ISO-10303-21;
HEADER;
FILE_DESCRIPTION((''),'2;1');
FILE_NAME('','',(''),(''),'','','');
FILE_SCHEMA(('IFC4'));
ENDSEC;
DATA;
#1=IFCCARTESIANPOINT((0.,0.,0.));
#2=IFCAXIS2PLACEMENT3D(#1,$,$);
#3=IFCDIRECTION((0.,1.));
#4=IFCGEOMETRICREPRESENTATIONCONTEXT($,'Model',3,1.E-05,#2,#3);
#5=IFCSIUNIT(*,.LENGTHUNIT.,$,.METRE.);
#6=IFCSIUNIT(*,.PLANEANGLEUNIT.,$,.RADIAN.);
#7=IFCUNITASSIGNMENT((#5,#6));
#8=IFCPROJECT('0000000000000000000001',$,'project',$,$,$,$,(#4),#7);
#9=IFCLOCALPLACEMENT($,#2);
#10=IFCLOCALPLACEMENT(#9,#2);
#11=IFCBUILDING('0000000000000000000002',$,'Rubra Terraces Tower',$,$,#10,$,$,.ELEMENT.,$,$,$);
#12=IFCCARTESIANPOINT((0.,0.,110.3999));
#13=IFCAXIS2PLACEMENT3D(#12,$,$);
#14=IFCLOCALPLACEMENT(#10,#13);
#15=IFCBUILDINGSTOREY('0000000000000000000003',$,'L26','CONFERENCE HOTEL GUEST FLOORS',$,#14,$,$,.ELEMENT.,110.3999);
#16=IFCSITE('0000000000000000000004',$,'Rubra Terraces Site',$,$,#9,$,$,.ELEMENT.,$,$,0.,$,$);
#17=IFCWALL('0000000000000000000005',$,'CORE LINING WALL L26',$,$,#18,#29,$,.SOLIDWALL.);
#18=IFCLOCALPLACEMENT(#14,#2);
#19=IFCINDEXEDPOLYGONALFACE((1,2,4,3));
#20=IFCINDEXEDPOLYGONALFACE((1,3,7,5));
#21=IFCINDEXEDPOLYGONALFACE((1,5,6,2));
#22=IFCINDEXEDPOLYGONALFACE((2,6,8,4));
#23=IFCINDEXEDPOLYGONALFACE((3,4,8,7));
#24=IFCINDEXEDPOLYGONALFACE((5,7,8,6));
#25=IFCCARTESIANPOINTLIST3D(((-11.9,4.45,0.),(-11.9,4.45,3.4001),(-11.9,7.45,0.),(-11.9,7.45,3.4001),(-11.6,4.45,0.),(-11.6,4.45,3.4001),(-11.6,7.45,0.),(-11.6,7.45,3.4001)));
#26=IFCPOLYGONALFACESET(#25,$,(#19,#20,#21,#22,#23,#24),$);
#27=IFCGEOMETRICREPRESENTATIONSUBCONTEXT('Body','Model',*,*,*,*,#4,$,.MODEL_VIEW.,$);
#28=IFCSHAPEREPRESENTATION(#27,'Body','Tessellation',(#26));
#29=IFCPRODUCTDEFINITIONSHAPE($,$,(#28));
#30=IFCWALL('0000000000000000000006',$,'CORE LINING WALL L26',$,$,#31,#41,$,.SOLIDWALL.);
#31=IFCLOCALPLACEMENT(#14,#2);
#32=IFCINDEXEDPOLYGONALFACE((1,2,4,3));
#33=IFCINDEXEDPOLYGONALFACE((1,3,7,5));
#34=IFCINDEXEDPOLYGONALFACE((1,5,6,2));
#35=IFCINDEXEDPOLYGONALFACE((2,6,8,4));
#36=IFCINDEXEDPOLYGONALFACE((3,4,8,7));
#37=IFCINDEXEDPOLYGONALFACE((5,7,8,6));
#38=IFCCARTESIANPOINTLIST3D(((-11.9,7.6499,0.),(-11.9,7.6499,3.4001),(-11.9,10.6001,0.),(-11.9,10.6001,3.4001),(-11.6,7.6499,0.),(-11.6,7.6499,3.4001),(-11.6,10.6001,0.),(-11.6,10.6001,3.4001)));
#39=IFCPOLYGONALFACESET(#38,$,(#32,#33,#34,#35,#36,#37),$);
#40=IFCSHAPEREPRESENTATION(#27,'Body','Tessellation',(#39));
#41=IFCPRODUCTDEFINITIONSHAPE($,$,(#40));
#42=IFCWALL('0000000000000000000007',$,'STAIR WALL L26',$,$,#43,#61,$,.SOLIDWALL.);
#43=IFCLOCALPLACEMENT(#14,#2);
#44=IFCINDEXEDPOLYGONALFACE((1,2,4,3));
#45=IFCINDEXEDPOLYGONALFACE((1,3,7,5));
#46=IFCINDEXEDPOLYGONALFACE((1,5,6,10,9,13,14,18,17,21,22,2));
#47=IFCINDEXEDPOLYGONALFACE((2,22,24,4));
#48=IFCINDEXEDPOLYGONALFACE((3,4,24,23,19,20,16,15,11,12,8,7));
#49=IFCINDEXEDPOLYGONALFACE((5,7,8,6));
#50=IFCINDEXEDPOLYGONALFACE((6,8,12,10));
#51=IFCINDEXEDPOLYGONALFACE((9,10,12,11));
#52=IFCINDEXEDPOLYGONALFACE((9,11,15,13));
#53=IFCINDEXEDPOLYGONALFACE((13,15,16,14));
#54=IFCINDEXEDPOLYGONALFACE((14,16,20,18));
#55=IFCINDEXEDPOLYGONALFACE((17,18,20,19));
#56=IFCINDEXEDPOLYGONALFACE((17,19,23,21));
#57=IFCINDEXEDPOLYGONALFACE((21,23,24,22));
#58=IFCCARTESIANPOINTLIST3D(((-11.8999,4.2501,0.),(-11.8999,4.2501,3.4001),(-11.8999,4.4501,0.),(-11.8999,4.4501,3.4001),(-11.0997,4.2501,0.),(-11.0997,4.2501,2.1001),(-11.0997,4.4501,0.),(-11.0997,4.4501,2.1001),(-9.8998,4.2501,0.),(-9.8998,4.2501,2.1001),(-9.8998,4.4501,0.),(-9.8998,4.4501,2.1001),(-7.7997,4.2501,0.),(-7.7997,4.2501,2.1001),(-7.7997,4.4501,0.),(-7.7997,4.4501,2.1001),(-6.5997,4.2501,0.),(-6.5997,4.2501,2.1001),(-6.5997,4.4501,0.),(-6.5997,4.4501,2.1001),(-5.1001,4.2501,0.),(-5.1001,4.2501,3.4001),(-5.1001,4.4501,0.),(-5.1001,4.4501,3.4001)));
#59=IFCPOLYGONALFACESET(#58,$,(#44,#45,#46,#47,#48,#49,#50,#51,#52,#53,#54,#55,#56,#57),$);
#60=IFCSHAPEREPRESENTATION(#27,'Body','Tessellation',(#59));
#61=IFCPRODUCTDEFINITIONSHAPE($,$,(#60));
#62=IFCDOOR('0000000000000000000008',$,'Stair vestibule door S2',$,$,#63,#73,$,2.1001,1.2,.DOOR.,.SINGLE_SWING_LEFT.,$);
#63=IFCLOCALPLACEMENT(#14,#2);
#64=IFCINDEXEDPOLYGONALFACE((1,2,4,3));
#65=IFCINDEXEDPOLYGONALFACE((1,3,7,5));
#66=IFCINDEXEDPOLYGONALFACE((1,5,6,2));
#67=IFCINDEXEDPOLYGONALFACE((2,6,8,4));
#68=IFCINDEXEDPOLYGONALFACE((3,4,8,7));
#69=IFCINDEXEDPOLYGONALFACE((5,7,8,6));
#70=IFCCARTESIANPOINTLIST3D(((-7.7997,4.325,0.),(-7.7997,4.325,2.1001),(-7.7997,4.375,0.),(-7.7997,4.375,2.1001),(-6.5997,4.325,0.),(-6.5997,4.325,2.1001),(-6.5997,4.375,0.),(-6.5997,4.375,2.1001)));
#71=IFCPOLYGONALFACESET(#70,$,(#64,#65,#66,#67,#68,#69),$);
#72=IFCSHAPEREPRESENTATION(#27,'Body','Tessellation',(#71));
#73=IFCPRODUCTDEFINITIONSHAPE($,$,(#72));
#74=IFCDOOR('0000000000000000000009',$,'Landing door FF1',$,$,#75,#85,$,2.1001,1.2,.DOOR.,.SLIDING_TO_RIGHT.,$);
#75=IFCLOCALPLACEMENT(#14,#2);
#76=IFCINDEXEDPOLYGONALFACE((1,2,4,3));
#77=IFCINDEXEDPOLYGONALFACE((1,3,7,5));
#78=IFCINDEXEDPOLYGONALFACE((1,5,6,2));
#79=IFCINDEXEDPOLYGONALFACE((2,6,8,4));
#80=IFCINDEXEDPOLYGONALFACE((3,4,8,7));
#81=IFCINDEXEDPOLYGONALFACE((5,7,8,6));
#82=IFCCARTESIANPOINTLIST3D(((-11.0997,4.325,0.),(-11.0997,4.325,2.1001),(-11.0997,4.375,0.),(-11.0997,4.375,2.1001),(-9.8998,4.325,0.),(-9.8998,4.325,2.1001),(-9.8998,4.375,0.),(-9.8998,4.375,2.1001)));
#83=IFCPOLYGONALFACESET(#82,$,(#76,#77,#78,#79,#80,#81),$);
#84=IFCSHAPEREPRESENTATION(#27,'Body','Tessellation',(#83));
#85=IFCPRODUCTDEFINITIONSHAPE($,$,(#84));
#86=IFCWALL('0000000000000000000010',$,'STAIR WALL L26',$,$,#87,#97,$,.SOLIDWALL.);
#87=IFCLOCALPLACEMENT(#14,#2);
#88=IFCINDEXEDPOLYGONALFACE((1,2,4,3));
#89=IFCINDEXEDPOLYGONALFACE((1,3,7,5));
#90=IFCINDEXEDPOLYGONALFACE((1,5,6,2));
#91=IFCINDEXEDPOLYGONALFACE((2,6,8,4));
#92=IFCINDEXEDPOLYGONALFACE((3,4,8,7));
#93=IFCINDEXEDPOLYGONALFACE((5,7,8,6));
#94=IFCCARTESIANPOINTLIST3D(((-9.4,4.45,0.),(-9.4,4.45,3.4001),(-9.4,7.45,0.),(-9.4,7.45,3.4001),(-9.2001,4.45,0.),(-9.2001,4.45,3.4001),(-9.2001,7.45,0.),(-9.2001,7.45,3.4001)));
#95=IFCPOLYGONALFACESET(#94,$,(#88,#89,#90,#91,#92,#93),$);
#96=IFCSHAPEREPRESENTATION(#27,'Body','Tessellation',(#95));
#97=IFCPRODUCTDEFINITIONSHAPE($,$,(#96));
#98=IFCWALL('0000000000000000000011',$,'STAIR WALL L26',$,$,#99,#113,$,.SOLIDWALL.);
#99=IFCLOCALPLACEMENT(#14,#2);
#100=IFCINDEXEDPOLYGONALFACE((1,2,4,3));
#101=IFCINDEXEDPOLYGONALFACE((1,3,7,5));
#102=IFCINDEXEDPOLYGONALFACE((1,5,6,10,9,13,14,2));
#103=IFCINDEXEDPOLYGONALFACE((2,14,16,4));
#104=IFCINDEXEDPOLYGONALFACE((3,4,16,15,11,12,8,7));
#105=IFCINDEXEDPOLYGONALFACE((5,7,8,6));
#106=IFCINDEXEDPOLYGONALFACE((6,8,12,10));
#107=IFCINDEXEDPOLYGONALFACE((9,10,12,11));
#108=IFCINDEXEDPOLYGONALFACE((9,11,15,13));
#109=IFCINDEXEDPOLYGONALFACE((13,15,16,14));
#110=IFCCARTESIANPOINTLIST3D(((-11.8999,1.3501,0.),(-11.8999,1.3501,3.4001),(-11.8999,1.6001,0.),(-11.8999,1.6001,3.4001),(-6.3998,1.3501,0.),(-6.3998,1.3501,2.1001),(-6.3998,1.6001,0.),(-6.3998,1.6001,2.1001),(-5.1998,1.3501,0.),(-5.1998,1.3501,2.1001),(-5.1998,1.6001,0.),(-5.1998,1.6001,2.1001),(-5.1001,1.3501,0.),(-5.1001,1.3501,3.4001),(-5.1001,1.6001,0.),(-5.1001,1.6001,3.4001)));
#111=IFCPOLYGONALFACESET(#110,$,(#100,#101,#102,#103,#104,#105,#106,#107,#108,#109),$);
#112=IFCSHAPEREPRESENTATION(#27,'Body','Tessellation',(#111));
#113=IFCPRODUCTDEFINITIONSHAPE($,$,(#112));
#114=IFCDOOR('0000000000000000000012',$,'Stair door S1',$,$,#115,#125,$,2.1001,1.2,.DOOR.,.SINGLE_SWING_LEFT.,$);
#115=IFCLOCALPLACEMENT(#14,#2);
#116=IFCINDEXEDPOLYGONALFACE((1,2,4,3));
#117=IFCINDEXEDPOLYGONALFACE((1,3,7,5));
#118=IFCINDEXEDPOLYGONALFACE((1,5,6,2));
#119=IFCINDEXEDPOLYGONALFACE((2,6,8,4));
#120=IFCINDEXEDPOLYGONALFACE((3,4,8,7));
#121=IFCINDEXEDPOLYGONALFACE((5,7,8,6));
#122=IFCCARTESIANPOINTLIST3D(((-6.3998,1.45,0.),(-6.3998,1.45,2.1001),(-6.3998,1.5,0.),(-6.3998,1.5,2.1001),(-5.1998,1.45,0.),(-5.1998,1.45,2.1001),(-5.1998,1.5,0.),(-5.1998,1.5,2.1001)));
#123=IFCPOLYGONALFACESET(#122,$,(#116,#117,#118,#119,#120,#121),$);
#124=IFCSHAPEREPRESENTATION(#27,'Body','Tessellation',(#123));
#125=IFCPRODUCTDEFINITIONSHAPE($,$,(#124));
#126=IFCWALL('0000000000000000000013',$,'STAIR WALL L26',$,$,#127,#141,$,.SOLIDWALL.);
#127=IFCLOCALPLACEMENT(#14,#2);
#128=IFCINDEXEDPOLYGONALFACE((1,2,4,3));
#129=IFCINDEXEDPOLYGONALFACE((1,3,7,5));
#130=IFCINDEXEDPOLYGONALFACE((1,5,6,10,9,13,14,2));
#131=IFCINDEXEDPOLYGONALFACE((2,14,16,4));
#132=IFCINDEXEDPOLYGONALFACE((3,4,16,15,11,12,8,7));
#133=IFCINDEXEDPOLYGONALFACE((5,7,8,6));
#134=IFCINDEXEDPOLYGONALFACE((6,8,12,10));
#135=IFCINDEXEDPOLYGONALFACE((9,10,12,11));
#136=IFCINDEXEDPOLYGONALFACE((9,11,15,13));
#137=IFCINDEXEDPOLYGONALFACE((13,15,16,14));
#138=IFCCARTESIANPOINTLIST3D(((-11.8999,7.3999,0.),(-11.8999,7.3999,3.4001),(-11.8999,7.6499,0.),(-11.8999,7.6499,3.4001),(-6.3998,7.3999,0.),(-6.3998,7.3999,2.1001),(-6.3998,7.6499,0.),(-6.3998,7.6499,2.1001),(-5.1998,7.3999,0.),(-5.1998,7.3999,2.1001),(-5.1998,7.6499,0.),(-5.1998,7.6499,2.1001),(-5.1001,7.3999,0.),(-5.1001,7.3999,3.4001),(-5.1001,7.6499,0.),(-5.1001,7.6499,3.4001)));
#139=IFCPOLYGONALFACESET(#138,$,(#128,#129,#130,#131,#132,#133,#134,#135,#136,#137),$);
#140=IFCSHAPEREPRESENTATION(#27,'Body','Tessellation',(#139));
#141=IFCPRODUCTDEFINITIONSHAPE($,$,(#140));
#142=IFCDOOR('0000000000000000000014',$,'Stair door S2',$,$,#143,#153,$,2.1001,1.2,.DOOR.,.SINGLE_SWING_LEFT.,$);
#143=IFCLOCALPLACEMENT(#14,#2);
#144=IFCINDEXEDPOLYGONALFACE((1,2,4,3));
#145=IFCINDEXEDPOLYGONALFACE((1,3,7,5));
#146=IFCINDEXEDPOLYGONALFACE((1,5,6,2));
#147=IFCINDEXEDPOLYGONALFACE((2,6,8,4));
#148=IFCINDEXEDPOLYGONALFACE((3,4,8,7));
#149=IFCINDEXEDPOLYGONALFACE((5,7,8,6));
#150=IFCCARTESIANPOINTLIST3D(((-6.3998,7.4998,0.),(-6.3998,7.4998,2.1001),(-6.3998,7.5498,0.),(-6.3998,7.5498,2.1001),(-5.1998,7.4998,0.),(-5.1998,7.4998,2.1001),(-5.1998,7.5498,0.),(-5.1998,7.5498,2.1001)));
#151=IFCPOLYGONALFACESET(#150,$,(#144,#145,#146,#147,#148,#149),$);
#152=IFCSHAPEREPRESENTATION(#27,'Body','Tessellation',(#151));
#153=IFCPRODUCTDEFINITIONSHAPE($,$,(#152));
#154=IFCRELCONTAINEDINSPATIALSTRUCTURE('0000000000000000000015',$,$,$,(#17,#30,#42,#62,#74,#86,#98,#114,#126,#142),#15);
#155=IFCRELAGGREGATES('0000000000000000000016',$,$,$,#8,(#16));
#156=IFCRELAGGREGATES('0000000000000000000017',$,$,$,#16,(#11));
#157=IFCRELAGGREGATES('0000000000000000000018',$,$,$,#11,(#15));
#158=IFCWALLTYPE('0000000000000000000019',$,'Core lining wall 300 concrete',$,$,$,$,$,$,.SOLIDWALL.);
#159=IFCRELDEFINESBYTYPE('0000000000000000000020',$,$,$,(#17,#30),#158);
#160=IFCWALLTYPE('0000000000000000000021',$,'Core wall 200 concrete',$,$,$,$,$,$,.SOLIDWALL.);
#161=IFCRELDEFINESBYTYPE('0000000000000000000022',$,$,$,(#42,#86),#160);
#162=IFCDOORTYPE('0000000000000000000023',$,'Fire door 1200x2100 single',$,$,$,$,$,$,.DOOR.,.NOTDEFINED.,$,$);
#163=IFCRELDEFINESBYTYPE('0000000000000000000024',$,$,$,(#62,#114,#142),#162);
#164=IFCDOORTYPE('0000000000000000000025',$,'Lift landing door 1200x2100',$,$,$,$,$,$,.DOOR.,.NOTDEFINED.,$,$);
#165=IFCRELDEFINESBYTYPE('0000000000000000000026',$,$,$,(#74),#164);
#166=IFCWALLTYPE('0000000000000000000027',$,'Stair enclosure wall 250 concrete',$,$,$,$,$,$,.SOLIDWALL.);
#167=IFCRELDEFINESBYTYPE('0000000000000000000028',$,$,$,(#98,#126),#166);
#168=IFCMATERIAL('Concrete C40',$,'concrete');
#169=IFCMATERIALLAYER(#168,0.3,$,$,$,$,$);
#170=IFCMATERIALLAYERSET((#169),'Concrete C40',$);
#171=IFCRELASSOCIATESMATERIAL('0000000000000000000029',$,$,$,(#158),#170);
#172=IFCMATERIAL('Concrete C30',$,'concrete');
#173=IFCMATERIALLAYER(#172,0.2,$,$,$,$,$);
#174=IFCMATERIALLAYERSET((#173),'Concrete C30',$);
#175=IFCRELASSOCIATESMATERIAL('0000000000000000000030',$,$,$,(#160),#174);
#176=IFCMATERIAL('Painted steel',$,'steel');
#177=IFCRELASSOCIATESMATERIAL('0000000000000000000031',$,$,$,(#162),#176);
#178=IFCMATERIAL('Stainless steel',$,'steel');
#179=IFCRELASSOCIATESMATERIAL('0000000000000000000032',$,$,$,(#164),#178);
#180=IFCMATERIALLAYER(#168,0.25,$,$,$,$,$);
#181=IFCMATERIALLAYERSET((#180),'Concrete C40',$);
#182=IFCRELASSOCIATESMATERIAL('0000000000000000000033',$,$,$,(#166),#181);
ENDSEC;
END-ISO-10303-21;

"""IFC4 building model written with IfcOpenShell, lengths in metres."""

from ifc_helpers import new_model, si_unit, direction, frame, frame_2d, origin, place, context, subcontext, project, spatial, rectangle, extrude, material, layer, layer_set, type_object, element, fill, save


model = new_model("IFC4")

# Units and contexts
model_context = context("Model", 3, precision=1e-05, world=origin(), true_north=direction((0.0, 1.0)))
body_context = subcontext(model_context, "Body", "Model", "MODEL_VIEW")
ifc_project = project(units=[si_unit("LENGTHUNIT", "METRE"), si_unit("PLANEANGLEUNIT", "RADIAN")], contexts=[model_context])

# Site, building, storey
site_placement = place(None, origin())
site = spatial("IfcSite", under=ifc_project, at=site_placement, Name="Rubra Terraces Site", CompositionType="ELEMENT", RefElevation=0.0)
building_placement = place(site_placement, origin())
building = spatial("IfcBuilding", under=site, at=building_placement, Name="Rubra Terraces Tower", CompositionType="ELEMENT")
storey_placement = place(building_placement, frame((0.0, 0.0, 110.3999)))
storey = spatial("IfcBuildingStorey", under=building, at=storey_placement, Name="L26", Description="CONFERENCE HOTEL GUEST FLOORS", CompositionType="ELEMENT", Elevation=110.3999)

# Walls
ifc_material_1 = material(Name="Concrete C40", Category="concrete")
ifc_layer_1 = layer(ifc_material_1, 0.3)
ifc_layer_set_1 = layer_set([ifc_layer_1], Name="Concrete C40")
wall_type_1 = type_object("IfcWallType", Name="Core lining wall 300 concrete", PredefinedType="SOLIDWALL", material=ifc_layer_set_1)
wall_1_placement = place(storey_placement, frame((-11.75, 4.45, 0.0), z_axis=(0.0, 0.0, 1.0), x_axis=(0.0, 1.0, 0.0)))
element("IfcWall", 1, at=wall_1_placement, inside=storey, type_object=wall_type_1, Name="CORE LINING WALL L26", PredefinedType="SOLIDWALL", context=body_context, shape_type="SweptSolid", body=[
    extrude(rectangle(XDim=3.0, YDim=0.3, at=frame_2d((1.5, 0.0))), origin(), (0.0, 0.0, 1.0), 3.4001),
])
wall_2_placement = place(storey_placement, frame((-11.75, 7.6499, 0.0), z_axis=(0.0, 0.0, 1.0), x_axis=(0.0, 1.0, 0.0)))
element("IfcWall", 2, at=wall_2_placement, inside=storey, type_object=wall_type_1, Name="CORE LINING WALL L26", PredefinedType="SOLIDWALL", context=body_context, shape_type="SweptSolid", body=[
    extrude(rectangle(XDim=2.9502, YDim=0.3, at=frame_2d((1.4751, 0.0))), origin(), (0.0, 0.0, 1.0), 3.4001),
])

# Wall, openings, doors
ifc_material_2 = material(Name="Concrete C30", Category="concrete")
ifc_layer_2 = layer(ifc_material_2, 0.2)
ifc_layer_set_2 = layer_set([ifc_layer_2], Name="Concrete C30")
wall_type_2 = type_object("IfcWallType", Name="Core wall 200 concrete", PredefinedType="SOLIDWALL", material=ifc_layer_set_2)
wall_3_placement = place(storey_placement, frame((-11.8999, 4.3501, 0.0), z_axis=(0.0, 0.0, 1.0), x_axis=(1.0, 0.0, 0.0)))
wall_3 = element("IfcWall", 3, at=wall_3_placement, inside=storey, type_object=wall_type_2, Name="STAIR WALL L26", PredefinedType="SOLIDWALL", context=body_context, shape_type="SweptSolid", body=[
    extrude(rectangle(XDim=6.7998, YDim=0.2, at=frame_2d((3.3999, 0.0))), origin(), (0.0, 0.0, 1.0), 3.4001),
])
opening_1_placement = place(wall_3_placement, frame((4.1001, 0.0, 0.0)))
opening_1 = element("IfcOpeningElement", 4, at=opening_1_placement, cuts=wall_3, PredefinedType="OPENING", context=body_context, shape_type="SweptSolid", body=[
    extrude(rectangle(XDim=1.2, YDim=2.1001, at=frame_2d((0.6001, 1.05))), frame((0.0, 0.1099, 0.0), z_axis=(0.0, -1.0, 0.0), x_axis=(1.0, 0.0, 0.0)), (0.0, 0.0, 1.0), 0.22),
])
opening_2_placement = place(wall_3_placement, frame((0.8, 0.0, 0.0)))
opening_2 = element("IfcOpeningElement", 5, at=opening_2_placement, cuts=wall_3, PredefinedType="OPENING", context=body_context, shape_type="SweptSolid", body=[
    extrude(rectangle(XDim=1.2, YDim=2.1001, at=frame_2d((0.6001, 1.05))), frame((0.0, 0.1099, 0.0), z_axis=(0.0, -1.0, 0.0), x_axis=(1.0, 0.0, 0.0)), (0.0, 0.0, 1.0), 0.22),
])
ifc_material_3 = material(Name="Painted steel", Category="steel")
door_type_1 = type_object("IfcDoorType", Name="Fire door 1200x2100 single", OperationType="NOTDEFINED", PredefinedType="DOOR", material=ifc_material_3)
door_1_placement = place(opening_1_placement, origin())
door_1 = element("IfcDoor", 6, at=door_1_placement, inside=storey, type_object=door_type_1, Name="Stair vestibule door S2", OperationType="SINGLE_SWING_LEFT", OverallHeight=2.1001, OverallWidth=1.2, PredefinedType="DOOR", context=body_context, shape_type="SweptSolid", body=[
    extrude(rectangle(XDim=1.2, YDim=2.1001, at=frame_2d((0.6001, 1.05))), frame((0.0, 0.0249, 0.0), z_axis=(0.0, -1.0, 0.0), x_axis=(1.0, 0.0, 0.0)), (0.0, 0.0, 1.0), 0.05),
])
fill(opening_1, door_1)
ifc_material_4 = material(Name="Stainless steel", Category="steel")
door_type_2 = type_object("IfcDoorType", Name="Lift landing door 1200x2100", OperationType="NOTDEFINED", PredefinedType="DOOR", material=ifc_material_4)
door_2_placement = place(opening_2_placement, origin())
door_2 = element("IfcDoor", 7, at=door_2_placement, inside=storey, type_object=door_type_2, Name="Landing door FF1", OperationType="SLIDING_TO_RIGHT", OverallHeight=2.1001, OverallWidth=1.2, PredefinedType="DOOR", context=body_context, shape_type="SweptSolid", body=[
    extrude(rectangle(XDim=1.2, YDim=2.1001, at=frame_2d((0.6001, 1.05))), frame((0.0, 0.0249, 0.0), z_axis=(0.0, -1.0, 0.0), x_axis=(1.0, 0.0, 0.0)), (0.0, 0.0, 1.0), 0.05),
])
fill(opening_2, door_2)

# Wall
wall_4_placement = place(storey_placement, frame((-9.3, 4.45, 0.0), z_axis=(0.0, 0.0, 1.0), x_axis=(0.0, 1.0, 0.0)))
element("IfcWall", 8, at=wall_4_placement, inside=storey, type_object=wall_type_2, Name="STAIR WALL L26", PredefinedType="SOLIDWALL", context=body_context, shape_type="SweptSolid", body=[
    extrude(rectangle(XDim=3.0, YDim=0.2, at=frame_2d((1.5, 0.0))), origin(), (0.0, 0.0, 1.0), 3.4001),
])

# Walls, openings, doors
ifc_layer_3 = layer(ifc_material_1, 0.25)
ifc_layer_set_3 = layer_set([ifc_layer_3], Name="Concrete C40")
wall_type_3 = type_object("IfcWallType", Name="Stair enclosure wall 250 concrete", PredefinedType="SOLIDWALL", material=ifc_layer_set_3)
wall_5_placement = place(storey_placement, frame((-11.8999, 1.4751, 0.0), z_axis=(0.0, 0.0, 1.0), x_axis=(1.0, 0.0, 0.0)))
wall_5 = element("IfcWall", 9, at=wall_5_placement, inside=storey, type_object=wall_type_3, Name="STAIR WALL L26", PredefinedType="SOLIDWALL", context=body_context, shape_type="SweptSolid", body=[
    extrude(rectangle(XDim=6.7998, YDim=0.25, at=frame_2d((3.3999, 0.0))), origin(), (0.0, 0.0, 1.0), 3.4001),
])
opening_3_placement = place(wall_5_placement, frame((5.5, 0.0, 0.0)))
opening_3 = element("IfcOpeningElement", 10, at=opening_3_placement, cuts=wall_5, PredefinedType="OPENING", context=body_context, shape_type="SweptSolid", body=[
    extrude(rectangle(XDim=1.2, YDim=2.1001, at=frame_2d((0.6001, 1.05))), frame((0.0, 0.135, 0.0), z_axis=(0.0, -1.0, 0.0), x_axis=(1.0, 0.0, 0.0)), (0.0, 0.0, 1.0), 0.27),
])
door_3_placement = place(opening_3_placement, origin())
door_3 = element("IfcDoor", 11, at=door_3_placement, inside=storey, type_object=door_type_1, Name="Stair door S1", OperationType="SINGLE_SWING_LEFT", OverallHeight=2.1001, OverallWidth=1.2, PredefinedType="DOOR", context=body_context, shape_type="SweptSolid", body=[
    extrude(rectangle(XDim=1.2, YDim=2.1001, at=frame_2d((0.6001, 1.05))), frame((0.0, 0.0249, 0.0), z_axis=(0.0, -1.0, 0.0), x_axis=(1.0, 0.0, 0.0)), (0.0, 0.0, 1.0), 0.05),
])
fill(opening_3, door_3)
wall_6_placement = place(storey_placement, frame((-11.8999, 7.5249, 0.0), z_axis=(0.0, 0.0, 1.0), x_axis=(1.0, 0.0, 0.0)))
wall_6 = element("IfcWall", 12, at=wall_6_placement, inside=storey, type_object=wall_type_3, Name="STAIR WALL L26", PredefinedType="SOLIDWALL", context=body_context, shape_type="SweptSolid", body=[
    extrude(rectangle(XDim=6.7998, YDim=0.25, at=frame_2d((3.3999, 0.0))), origin(), (0.0, 0.0, 1.0), 3.4001),
])
opening_4_placement = place(wall_6_placement, frame((5.5, 0.0, 0.0)))
opening_4 = element("IfcOpeningElement", 13, at=opening_4_placement, cuts=wall_6, PredefinedType="OPENING", context=body_context, shape_type="SweptSolid", body=[
    extrude(rectangle(XDim=1.2, YDim=2.1001, at=frame_2d((0.6001, 1.05))), frame((0.0, 0.135, 0.0), z_axis=(0.0, -1.0, 0.0), x_axis=(1.0, 0.0, 0.0)), (0.0, 0.0, 1.0), 0.27),
])
door_4_placement = place(opening_4_placement, origin())
door_4 = element("IfcDoor", 14, at=door_4_placement, inside=storey, type_object=door_type_1, Name="Stair door S2", OperationType="SINGLE_SWING_LEFT", OverallHeight=2.1001, OverallWidth=1.2, PredefinedType="DOOR", context=body_context, shape_type="SweptSolid", body=[
    extrude(rectangle(XDim=1.2, YDim=2.1001, at=frame_2d((0.6001, 1.05))), frame((0.0, 0.0249, 0.0), z_axis=(0.0, -1.0, 0.0), x_axis=(1.0, 0.0, 0.0)), (0.0, 0.0, 1.0), 0.05),
])
fill(opening_4, door_4)

save(model, "model.ifc")
